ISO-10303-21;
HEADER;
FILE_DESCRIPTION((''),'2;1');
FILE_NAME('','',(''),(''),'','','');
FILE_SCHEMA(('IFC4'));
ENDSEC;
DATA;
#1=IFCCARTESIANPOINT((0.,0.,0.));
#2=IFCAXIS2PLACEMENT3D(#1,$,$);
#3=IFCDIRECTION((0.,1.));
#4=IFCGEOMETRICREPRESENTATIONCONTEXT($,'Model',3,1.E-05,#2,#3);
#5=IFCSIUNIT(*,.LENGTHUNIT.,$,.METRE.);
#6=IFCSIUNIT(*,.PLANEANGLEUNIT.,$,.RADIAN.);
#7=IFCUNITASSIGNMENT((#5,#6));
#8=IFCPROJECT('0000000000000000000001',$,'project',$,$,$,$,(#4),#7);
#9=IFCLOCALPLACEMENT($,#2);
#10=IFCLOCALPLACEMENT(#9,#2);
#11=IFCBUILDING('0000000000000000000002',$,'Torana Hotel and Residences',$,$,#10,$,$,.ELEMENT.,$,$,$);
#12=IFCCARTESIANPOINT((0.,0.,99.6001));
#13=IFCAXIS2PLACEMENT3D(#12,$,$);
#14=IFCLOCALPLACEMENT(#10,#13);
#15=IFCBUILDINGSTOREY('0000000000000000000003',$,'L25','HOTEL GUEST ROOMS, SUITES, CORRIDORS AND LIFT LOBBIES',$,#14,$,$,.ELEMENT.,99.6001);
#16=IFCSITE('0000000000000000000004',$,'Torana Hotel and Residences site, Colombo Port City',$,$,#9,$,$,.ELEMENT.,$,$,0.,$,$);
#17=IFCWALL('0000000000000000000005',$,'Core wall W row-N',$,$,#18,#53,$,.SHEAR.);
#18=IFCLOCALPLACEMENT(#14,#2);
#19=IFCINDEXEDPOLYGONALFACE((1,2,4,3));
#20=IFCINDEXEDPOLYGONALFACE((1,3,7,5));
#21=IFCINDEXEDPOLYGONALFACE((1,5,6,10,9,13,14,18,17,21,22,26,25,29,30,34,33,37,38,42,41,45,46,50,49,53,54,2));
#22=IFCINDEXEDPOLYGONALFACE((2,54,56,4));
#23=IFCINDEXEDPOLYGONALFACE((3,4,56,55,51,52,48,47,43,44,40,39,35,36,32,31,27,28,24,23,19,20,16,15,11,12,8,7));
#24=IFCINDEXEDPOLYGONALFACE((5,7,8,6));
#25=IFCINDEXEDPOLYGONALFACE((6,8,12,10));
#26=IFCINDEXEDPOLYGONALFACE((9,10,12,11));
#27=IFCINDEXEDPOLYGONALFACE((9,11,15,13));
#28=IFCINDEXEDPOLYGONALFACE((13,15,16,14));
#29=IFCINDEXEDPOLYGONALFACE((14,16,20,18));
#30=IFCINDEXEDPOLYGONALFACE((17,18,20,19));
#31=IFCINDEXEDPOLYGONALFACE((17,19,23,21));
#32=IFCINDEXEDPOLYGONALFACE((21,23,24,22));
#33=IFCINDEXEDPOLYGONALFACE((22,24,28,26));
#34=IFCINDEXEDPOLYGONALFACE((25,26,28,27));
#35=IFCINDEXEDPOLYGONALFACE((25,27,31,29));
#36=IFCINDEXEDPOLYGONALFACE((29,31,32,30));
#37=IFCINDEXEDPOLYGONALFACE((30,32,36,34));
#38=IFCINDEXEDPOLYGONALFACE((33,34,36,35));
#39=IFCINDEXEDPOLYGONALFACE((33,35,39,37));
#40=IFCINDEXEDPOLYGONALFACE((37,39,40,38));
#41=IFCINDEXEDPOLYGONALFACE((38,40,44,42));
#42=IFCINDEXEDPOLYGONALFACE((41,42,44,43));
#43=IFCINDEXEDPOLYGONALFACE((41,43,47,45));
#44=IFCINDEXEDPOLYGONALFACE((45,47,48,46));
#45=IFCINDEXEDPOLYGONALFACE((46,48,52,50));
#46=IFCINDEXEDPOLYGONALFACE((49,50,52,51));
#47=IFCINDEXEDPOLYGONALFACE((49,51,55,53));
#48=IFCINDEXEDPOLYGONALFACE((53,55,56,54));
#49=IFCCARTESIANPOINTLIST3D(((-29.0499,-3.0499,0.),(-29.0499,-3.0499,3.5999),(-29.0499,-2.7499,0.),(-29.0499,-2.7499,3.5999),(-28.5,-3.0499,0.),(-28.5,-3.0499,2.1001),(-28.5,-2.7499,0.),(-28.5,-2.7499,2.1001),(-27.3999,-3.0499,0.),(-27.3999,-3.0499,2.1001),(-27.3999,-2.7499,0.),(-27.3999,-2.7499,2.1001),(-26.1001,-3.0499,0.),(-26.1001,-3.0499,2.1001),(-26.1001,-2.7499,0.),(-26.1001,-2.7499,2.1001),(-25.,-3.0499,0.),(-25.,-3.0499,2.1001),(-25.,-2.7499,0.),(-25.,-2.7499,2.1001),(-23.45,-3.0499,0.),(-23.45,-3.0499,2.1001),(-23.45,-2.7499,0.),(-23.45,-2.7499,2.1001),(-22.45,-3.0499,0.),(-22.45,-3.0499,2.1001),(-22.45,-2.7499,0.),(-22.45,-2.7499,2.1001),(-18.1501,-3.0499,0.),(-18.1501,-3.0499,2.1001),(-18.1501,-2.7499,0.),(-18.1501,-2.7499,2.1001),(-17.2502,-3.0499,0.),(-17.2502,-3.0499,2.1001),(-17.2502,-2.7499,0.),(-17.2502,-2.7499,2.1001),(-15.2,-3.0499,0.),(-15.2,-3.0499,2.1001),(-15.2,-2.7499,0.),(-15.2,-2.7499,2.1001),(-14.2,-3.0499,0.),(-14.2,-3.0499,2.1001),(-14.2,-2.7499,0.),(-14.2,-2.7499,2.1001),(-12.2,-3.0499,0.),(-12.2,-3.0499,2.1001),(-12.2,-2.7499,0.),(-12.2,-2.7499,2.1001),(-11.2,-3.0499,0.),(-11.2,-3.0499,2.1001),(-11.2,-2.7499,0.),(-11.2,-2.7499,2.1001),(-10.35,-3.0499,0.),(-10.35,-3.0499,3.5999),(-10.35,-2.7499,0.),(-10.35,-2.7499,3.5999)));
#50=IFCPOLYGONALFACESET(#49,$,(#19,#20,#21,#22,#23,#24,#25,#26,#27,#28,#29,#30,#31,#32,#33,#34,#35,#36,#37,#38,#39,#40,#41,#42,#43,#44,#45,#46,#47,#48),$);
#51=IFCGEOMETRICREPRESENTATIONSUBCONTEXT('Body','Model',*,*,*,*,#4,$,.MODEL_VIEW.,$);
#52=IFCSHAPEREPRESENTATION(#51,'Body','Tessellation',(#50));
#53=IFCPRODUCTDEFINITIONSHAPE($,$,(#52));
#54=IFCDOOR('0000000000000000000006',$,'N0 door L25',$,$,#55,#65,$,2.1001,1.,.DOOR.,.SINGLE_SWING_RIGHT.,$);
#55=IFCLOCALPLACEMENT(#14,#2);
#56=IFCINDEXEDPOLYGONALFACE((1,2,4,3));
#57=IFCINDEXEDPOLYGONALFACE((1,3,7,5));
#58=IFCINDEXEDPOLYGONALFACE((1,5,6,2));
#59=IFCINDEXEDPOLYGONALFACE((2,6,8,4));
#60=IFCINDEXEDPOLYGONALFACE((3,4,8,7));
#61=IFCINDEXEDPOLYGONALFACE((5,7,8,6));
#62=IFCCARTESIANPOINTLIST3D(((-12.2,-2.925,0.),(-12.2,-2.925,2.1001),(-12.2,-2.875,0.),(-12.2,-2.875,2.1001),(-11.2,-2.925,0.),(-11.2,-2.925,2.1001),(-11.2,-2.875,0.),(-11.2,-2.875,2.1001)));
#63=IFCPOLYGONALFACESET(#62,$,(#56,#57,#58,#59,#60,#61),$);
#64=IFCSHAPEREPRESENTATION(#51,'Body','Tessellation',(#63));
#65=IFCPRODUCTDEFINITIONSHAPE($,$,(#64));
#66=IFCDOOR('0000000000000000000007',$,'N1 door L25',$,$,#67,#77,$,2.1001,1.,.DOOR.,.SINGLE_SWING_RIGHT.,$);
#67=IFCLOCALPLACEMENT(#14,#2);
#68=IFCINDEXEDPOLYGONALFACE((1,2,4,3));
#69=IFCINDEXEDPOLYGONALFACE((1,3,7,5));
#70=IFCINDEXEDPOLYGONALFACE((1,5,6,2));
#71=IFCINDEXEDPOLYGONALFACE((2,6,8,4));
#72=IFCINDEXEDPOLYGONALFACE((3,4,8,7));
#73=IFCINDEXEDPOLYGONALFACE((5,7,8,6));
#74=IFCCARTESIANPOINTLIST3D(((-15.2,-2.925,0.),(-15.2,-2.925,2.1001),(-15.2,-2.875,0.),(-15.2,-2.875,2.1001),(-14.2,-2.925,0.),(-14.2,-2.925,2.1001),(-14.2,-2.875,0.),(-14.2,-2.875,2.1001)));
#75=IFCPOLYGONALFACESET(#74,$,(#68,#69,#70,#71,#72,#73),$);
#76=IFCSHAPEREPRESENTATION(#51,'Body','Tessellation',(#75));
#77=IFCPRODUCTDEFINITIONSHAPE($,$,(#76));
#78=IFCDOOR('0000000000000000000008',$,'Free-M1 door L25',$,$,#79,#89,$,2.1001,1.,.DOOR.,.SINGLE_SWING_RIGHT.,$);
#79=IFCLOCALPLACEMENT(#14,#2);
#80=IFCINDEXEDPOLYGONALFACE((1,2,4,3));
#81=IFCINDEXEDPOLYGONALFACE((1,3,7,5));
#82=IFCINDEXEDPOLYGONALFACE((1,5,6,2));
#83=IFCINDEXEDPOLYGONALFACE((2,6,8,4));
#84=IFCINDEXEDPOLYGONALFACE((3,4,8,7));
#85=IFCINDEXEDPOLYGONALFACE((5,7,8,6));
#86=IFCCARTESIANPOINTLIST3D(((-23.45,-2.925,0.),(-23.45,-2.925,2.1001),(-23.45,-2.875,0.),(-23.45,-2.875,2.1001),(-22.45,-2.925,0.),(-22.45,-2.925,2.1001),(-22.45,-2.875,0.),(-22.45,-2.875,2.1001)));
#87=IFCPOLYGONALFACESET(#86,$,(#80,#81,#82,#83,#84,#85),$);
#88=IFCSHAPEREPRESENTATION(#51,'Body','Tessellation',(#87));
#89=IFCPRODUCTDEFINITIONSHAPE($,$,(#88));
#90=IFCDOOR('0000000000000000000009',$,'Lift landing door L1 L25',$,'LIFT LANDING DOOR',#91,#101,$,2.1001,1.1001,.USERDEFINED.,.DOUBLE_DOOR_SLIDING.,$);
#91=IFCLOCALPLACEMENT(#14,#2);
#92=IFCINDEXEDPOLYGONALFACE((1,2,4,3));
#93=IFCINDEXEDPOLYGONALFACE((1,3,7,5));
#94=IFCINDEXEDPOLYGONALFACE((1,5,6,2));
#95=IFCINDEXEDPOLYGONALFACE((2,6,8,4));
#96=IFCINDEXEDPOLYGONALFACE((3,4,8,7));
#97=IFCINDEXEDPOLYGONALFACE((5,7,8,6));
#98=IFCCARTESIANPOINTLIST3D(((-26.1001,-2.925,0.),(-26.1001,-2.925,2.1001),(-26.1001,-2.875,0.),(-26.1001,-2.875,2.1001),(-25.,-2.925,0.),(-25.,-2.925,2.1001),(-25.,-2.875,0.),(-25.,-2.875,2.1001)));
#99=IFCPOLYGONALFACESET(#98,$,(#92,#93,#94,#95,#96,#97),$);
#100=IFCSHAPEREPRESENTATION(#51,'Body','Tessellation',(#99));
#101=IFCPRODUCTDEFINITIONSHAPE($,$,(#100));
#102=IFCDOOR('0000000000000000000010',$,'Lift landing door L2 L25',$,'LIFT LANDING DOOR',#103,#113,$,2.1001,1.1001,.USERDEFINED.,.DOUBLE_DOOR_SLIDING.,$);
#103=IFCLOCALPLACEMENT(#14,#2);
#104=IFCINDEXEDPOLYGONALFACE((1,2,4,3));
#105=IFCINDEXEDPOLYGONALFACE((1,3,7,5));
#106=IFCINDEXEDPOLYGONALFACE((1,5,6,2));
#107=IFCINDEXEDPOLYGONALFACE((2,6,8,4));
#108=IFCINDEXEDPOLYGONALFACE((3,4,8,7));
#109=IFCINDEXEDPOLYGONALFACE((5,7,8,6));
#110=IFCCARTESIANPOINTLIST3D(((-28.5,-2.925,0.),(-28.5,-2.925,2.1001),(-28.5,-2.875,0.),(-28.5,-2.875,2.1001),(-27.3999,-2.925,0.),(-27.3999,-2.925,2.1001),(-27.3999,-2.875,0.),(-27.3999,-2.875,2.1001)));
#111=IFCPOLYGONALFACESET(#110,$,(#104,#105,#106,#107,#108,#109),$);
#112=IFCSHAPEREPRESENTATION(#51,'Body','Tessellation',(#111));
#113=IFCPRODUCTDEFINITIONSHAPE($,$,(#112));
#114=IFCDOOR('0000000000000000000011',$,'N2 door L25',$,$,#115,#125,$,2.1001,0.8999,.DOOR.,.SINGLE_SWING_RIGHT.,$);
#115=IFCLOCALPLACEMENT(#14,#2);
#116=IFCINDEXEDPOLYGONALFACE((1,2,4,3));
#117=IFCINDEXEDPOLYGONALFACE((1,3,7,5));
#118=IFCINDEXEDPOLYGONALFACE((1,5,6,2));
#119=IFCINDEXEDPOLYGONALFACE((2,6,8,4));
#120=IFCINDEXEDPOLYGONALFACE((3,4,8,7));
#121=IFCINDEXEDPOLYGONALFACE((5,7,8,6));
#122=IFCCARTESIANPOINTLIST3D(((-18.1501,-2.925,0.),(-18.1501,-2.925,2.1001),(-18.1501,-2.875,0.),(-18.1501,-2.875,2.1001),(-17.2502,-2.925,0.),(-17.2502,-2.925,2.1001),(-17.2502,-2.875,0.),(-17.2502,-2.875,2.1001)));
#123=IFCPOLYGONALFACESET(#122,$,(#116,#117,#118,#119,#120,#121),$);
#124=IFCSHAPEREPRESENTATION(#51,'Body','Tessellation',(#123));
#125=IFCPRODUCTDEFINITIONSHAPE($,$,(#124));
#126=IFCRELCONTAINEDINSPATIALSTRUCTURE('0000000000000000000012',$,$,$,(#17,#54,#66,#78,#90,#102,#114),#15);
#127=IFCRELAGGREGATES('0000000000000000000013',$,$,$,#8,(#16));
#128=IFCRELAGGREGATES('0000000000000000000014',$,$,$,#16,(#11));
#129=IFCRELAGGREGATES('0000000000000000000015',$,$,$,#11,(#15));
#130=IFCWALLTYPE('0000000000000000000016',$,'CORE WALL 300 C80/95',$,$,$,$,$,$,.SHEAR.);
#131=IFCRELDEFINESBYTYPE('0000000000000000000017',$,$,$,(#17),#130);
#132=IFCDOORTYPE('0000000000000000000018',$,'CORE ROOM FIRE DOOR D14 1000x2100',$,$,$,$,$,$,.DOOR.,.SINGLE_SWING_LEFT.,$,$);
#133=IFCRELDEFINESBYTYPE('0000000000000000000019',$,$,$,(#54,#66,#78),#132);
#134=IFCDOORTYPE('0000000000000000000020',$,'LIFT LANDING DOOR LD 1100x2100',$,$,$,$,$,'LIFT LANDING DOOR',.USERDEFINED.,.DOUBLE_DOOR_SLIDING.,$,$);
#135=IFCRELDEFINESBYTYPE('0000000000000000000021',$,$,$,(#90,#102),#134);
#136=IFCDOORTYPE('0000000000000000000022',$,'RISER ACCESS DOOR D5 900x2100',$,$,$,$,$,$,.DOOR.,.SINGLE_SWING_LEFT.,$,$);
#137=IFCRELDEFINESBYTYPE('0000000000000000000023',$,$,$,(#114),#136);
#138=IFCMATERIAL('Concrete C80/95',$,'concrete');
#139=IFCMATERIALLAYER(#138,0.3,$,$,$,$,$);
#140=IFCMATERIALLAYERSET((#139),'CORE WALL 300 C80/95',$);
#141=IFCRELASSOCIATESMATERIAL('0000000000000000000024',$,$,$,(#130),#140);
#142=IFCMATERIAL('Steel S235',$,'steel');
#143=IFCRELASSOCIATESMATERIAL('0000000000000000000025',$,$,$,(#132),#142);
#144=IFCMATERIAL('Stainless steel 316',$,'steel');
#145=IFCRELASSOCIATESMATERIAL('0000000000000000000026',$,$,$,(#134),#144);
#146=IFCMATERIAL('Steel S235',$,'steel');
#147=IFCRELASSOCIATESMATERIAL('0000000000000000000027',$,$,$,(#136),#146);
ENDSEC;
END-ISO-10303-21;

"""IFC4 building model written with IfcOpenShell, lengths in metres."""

from ifc_helpers import new_model, si_unit, direction, frame, frame_2d, origin, place, context, subcontext, project, spatial, rectangle, extrude, material, layer, layer_set, type_object, element, fill, save


model = new_model("IFC4")

# Units and contexts
model_context = context("Model", 3, precision=1e-05, world=origin(), true_north=direction((0.0, 1.0)))
body_context = subcontext(model_context, "Body", "Model", "MODEL_VIEW")
ifc_project = project(units=[si_unit("LENGTHUNIT", "METRE"), si_unit("PLANEANGLEUNIT", "RADIAN")], contexts=[model_context])

# Site, building, storey
site_placement = place(None, origin())
site = spatial("IfcSite", under=ifc_project, at=site_placement, Name="Torana Hotel and Residences site, Colombo Port City", CompositionType="ELEMENT", RefElevation=0.0)
building_placement = place(site_placement, origin())
building = spatial("IfcBuilding", under=site, at=building_placement, Name="Torana Hotel and Residences", CompositionType="ELEMENT")
storey_placement = place(building_placement, frame((0.0, 0.0, 99.6001)))
storey = spatial("IfcBuildingStorey", under=building, at=storey_placement, Name="L25", Description="HOTEL GUEST ROOMS, SUITES, CORRIDORS AND LIFT LOBBIES", CompositionType="ELEMENT", Elevation=99.6001)

# Wall, openings, doors
ifc_material_1 = material(Name="Concrete C80/95", Category="concrete")
ifc_layer_1 = layer(ifc_material_1, 0.3)
ifc_layer_set_1 = layer_set([ifc_layer_1], Name="CORE WALL 300 C80/95")
wall_type_1 = type_object("IfcWallType", Name="CORE WALL 300 C80/95", PredefinedType="SHEAR", material=ifc_layer_set_1)
wall_1_placement = place(storey_placement, frame((-29.05, -2.8999, 0.0), z_axis=(0.0, 0.0, 1.0), x_axis=(1.0, 0.0, 0.0)))
wall_1 = element("IfcWall", 1, at=wall_1_placement, inside=storey, type_object=wall_type_1, Name="Core wall W row-N", PredefinedType="SHEAR", context=body_context, shape_type="SweptSolid", body=[
    extrude(rectangle(XDim=18.7, YDim=0.3, at=frame_2d((9.3501, 0.0))), origin(), (0.0, 0.0, 1.0), 3.5999),
])
opening_1_placement = place(wall_1_placement, frame((2.95, 0.0, 0.0)))
opening_1 = element("IfcOpeningElement", 2, at=opening_1_placement, cuts=wall_1, PredefinedType="OPENING", context=body_context, shape_type="SweptSolid", body=[
    extrude(rectangle(XDim=1.1001, YDim=2.1001, at=frame_2d((0.55, 1.05))), frame((0.0, 0.1599, 0.0), z_axis=(0.0, -1.0, 0.0), x_axis=(1.0, 0.0, 0.0)), (0.0, 0.0, 1.0), 0.3201),
])
opening_2_placement = place(wall_1_placement, frame((0.55, 0.0, 0.0)))
opening_2 = element("IfcOpeningElement", 3, at=opening_2_placement, cuts=wall_1, PredefinedType="OPENING", context=body_context, shape_type="SweptSolid", body=[
    extrude(rectangle(XDim=1.1001, YDim=2.1001, at=frame_2d((0.55, 1.05))), frame((0.0, 0.1599, 0.0), z_axis=(0.0, -1.0, 0.0), x_axis=(1.0, 0.0, 0.0)), (0.0, 0.0, 1.0), 0.3201),
])
opening_3_placement = place(wall_1_placement, frame((10.8999, 0.0, 0.0)))
opening_3 = element("IfcOpeningElement", 4, at=opening_3_placement, cuts=wall_1, PredefinedType="OPENING", context=body_context, shape_type="SweptSolid", body=[
    extrude(rectangle(XDim=0.8999, YDim=2.1001, at=frame_2d((0.45, 1.05))), frame((0.0, 0.1599, 0.0), z_axis=(0.0, -1.0, 0.0), x_axis=(1.0, 0.0, 0.0)), (0.0, 0.0, 1.0), 0.3201),
])
opening_4_placement = place(wall_1_placement, frame((16.8501, 0.0, 0.0)))
opening_4 = element("IfcOpeningElement", 5, at=opening_4_placement, cuts=wall_1, PredefinedType="OPENING", context=body_context, shape_type="SweptSolid", body=[
    extrude(rectangle(XDim=1.0, YDim=2.1001, at=frame_2d((0.5, 1.05))), frame((0.0, 0.1599, 0.0), z_axis=(0.0, -1.0, 0.0), x_axis=(1.0, 0.0, 0.0)), (0.0, 0.0, 1.0), 0.3201),
])
opening_5_placement = place(wall_1_placement, frame((13.8501, 0.0, 0.0)))
opening_5 = element("IfcOpeningElement", 6, at=opening_5_placement, cuts=wall_1, PredefinedType="OPENING", context=body_context, shape_type="SweptSolid", body=[
    extrude(rectangle(XDim=1.0, YDim=2.1001, at=frame_2d((0.5, 1.05))), frame((0.0, 0.1599, 0.0), z_axis=(0.0, -1.0, 0.0), x_axis=(1.0, 0.0, 0.0)), (0.0, 0.0, 1.0), 0.3201),
])
opening_6_placement = place(wall_1_placement, frame((5.6001, 0.0, 0.0)))
opening_6 = element("IfcOpeningElement", 7, at=opening_6_placement, cuts=wall_1, PredefinedType="OPENING", context=body_context, shape_type="SweptSolid", body=[
    extrude(rectangle(XDim=1.0, YDim=2.1001, at=frame_2d((0.5, 1.05))), frame((0.0, 0.1599, 0.0), z_axis=(0.0, -1.0, 0.0), x_axis=(1.0, 0.0, 0.0)), (0.0, 0.0, 1.0), 0.3201),
])
ifc_material_2 = material(Name="Steel S235", Category="steel")
door_type_1 = type_object("IfcDoorType", Name="CORE ROOM FIRE DOOR D14 1000x2100", OperationType="SINGLE_SWING_LEFT", PredefinedType="DOOR", material=ifc_material_2)
door_1_placement = place(opening_4_placement, origin())
door_1 = element("IfcDoor", 8, at=door_1_placement, inside=storey, type_object=door_type_1, Name="N0 door L25", OperationType="SINGLE_SWING_RIGHT", OverallHeight=2.1001, OverallWidth=1.0, PredefinedType="DOOR", context=body_context, shape_type="SweptSolid", body=[
    extrude(rectangle(XDim=1.0, YDim=2.1001, at=frame_2d((0.5, 1.05))), frame((0.0, 0.0249, 0.0), z_axis=(0.0, -1.0, 0.0), x_axis=(1.0, 0.0, 0.0)), (0.0, 0.0, 1.0), 0.05),
])
fill(opening_4, door_1)
door_2_placement = place(opening_5_placement, origin())
door_2 = element("IfcDoor", 9, at=door_2_placement, inside=storey, type_object=door_type_1, Name="N1 door L25", OperationType="SINGLE_SWING_RIGHT", OverallHeight=2.1001, OverallWidth=1.0, PredefinedType="DOOR", context=body_context, shape_type="SweptSolid", body=[
    extrude(rectangle(XDim=1.0, YDim=2.1001, at=frame_2d((0.5, 1.05))), frame((0.0, 0.0249, 0.0), z_axis=(0.0, -1.0, 0.0), x_axis=(1.0, 0.0, 0.0)), (0.0, 0.0, 1.0), 0.05),
])
fill(opening_5, door_2)
door_3_placement = place(opening_6_placement, origin())
door_3 = element("IfcDoor", 10, at=door_3_placement, inside=storey, type_object=door_type_1, Name="Free-M1 door L25", OperationType="SINGLE_SWING_RIGHT", OverallHeight=2.1001, OverallWidth=1.0, PredefinedType="DOOR", context=body_context, shape_type="SweptSolid", body=[
    extrude(rectangle(XDim=1.0, YDim=2.1001, at=frame_2d((0.5, 1.05))), frame((0.0, 0.0249, 0.0), z_axis=(0.0, -1.0, 0.0), x_axis=(1.0, 0.0, 0.0)), (0.0, 0.0, 1.0), 0.05),
])
fill(opening_6, door_3)
ifc_material_3 = material(Name="Stainless steel 316", Category="steel")
door_type_2 = type_object("IfcDoorType", Name="LIFT LANDING DOOR LD 1100x2100", ElementType="LIFT LANDING DOOR", OperationType="DOUBLE_DOOR_SLIDING", PredefinedType="USERDEFINED", material=ifc_material_3)
door_4_placement = place(opening_1_placement, origin())
door_4 = element("IfcDoor", 11, at=door_4_placement, inside=storey, type_object=door_type_2, Name="Lift landing door L1 L25", ObjectType="LIFT LANDING DOOR", OperationType="DOUBLE_DOOR_SLIDING", OverallHeight=2.1001, OverallWidth=1.1001, PredefinedType="USERDEFINED", context=body_context, shape_type="SweptSolid", body=[
    extrude(rectangle(XDim=1.1001, YDim=2.1001, at=frame_2d((0.55, 1.05))), frame((0.0, 0.0249, 0.0), z_axis=(0.0, -1.0, 0.0), x_axis=(1.0, 0.0, 0.0)), (0.0, 0.0, 1.0), 0.05),
])
fill(opening_1, door_4)
door_5_placement = place(opening_2_placement, origin())
door_5 = element("IfcDoor", 12, at=door_5_placement, inside=storey, type_object=door_type_2, Name="Lift landing door L2 L25", ObjectType="LIFT LANDING DOOR", OperationType="DOUBLE_DOOR_SLIDING", OverallHeight=2.1001, OverallWidth=1.1001, PredefinedType="USERDEFINED", context=body_context, shape_type="SweptSolid", body=[
    extrude(rectangle(XDim=1.1001, YDim=2.1001, at=frame_2d((0.55, 1.05))), frame((0.0, 0.0249, 0.0), z_axis=(0.0, -1.0, 0.0), x_axis=(1.0, 0.0, 0.0)), (0.0, 0.0, 1.0), 0.05),
])
fill(opening_2, door_5)
ifc_material_4 = material(Name="Steel S235", Category="steel")
door_type_3 = type_object("IfcDoorType", Name="RISER ACCESS DOOR D5 900x2100", OperationType="SINGLE_SWING_LEFT", PredefinedType="DOOR", material=ifc_material_4)
door_6_placement = place(opening_3_placement, origin())
door_6 = element("IfcDoor", 13, at=door_6_placement, inside=storey, type_object=door_type_3, Name="N2 door L25", OperationType="SINGLE_SWING_RIGHT", OverallHeight=2.1001, OverallWidth=0.8999, PredefinedType="DOOR", context=body_context, shape_type="SweptSolid", body=[
    extrude(rectangle(XDim=0.8999, YDim=2.1001, at=frame_2d((0.45, 1.05))), frame((0.0, 0.0249, 0.0), z_axis=(0.0, -1.0, 0.0), x_axis=(1.0, 0.0, 0.0)), (0.0, 0.0, 1.0), 0.05),
])
fill(opening_3, door_6)

save(model, "model.ifc")
